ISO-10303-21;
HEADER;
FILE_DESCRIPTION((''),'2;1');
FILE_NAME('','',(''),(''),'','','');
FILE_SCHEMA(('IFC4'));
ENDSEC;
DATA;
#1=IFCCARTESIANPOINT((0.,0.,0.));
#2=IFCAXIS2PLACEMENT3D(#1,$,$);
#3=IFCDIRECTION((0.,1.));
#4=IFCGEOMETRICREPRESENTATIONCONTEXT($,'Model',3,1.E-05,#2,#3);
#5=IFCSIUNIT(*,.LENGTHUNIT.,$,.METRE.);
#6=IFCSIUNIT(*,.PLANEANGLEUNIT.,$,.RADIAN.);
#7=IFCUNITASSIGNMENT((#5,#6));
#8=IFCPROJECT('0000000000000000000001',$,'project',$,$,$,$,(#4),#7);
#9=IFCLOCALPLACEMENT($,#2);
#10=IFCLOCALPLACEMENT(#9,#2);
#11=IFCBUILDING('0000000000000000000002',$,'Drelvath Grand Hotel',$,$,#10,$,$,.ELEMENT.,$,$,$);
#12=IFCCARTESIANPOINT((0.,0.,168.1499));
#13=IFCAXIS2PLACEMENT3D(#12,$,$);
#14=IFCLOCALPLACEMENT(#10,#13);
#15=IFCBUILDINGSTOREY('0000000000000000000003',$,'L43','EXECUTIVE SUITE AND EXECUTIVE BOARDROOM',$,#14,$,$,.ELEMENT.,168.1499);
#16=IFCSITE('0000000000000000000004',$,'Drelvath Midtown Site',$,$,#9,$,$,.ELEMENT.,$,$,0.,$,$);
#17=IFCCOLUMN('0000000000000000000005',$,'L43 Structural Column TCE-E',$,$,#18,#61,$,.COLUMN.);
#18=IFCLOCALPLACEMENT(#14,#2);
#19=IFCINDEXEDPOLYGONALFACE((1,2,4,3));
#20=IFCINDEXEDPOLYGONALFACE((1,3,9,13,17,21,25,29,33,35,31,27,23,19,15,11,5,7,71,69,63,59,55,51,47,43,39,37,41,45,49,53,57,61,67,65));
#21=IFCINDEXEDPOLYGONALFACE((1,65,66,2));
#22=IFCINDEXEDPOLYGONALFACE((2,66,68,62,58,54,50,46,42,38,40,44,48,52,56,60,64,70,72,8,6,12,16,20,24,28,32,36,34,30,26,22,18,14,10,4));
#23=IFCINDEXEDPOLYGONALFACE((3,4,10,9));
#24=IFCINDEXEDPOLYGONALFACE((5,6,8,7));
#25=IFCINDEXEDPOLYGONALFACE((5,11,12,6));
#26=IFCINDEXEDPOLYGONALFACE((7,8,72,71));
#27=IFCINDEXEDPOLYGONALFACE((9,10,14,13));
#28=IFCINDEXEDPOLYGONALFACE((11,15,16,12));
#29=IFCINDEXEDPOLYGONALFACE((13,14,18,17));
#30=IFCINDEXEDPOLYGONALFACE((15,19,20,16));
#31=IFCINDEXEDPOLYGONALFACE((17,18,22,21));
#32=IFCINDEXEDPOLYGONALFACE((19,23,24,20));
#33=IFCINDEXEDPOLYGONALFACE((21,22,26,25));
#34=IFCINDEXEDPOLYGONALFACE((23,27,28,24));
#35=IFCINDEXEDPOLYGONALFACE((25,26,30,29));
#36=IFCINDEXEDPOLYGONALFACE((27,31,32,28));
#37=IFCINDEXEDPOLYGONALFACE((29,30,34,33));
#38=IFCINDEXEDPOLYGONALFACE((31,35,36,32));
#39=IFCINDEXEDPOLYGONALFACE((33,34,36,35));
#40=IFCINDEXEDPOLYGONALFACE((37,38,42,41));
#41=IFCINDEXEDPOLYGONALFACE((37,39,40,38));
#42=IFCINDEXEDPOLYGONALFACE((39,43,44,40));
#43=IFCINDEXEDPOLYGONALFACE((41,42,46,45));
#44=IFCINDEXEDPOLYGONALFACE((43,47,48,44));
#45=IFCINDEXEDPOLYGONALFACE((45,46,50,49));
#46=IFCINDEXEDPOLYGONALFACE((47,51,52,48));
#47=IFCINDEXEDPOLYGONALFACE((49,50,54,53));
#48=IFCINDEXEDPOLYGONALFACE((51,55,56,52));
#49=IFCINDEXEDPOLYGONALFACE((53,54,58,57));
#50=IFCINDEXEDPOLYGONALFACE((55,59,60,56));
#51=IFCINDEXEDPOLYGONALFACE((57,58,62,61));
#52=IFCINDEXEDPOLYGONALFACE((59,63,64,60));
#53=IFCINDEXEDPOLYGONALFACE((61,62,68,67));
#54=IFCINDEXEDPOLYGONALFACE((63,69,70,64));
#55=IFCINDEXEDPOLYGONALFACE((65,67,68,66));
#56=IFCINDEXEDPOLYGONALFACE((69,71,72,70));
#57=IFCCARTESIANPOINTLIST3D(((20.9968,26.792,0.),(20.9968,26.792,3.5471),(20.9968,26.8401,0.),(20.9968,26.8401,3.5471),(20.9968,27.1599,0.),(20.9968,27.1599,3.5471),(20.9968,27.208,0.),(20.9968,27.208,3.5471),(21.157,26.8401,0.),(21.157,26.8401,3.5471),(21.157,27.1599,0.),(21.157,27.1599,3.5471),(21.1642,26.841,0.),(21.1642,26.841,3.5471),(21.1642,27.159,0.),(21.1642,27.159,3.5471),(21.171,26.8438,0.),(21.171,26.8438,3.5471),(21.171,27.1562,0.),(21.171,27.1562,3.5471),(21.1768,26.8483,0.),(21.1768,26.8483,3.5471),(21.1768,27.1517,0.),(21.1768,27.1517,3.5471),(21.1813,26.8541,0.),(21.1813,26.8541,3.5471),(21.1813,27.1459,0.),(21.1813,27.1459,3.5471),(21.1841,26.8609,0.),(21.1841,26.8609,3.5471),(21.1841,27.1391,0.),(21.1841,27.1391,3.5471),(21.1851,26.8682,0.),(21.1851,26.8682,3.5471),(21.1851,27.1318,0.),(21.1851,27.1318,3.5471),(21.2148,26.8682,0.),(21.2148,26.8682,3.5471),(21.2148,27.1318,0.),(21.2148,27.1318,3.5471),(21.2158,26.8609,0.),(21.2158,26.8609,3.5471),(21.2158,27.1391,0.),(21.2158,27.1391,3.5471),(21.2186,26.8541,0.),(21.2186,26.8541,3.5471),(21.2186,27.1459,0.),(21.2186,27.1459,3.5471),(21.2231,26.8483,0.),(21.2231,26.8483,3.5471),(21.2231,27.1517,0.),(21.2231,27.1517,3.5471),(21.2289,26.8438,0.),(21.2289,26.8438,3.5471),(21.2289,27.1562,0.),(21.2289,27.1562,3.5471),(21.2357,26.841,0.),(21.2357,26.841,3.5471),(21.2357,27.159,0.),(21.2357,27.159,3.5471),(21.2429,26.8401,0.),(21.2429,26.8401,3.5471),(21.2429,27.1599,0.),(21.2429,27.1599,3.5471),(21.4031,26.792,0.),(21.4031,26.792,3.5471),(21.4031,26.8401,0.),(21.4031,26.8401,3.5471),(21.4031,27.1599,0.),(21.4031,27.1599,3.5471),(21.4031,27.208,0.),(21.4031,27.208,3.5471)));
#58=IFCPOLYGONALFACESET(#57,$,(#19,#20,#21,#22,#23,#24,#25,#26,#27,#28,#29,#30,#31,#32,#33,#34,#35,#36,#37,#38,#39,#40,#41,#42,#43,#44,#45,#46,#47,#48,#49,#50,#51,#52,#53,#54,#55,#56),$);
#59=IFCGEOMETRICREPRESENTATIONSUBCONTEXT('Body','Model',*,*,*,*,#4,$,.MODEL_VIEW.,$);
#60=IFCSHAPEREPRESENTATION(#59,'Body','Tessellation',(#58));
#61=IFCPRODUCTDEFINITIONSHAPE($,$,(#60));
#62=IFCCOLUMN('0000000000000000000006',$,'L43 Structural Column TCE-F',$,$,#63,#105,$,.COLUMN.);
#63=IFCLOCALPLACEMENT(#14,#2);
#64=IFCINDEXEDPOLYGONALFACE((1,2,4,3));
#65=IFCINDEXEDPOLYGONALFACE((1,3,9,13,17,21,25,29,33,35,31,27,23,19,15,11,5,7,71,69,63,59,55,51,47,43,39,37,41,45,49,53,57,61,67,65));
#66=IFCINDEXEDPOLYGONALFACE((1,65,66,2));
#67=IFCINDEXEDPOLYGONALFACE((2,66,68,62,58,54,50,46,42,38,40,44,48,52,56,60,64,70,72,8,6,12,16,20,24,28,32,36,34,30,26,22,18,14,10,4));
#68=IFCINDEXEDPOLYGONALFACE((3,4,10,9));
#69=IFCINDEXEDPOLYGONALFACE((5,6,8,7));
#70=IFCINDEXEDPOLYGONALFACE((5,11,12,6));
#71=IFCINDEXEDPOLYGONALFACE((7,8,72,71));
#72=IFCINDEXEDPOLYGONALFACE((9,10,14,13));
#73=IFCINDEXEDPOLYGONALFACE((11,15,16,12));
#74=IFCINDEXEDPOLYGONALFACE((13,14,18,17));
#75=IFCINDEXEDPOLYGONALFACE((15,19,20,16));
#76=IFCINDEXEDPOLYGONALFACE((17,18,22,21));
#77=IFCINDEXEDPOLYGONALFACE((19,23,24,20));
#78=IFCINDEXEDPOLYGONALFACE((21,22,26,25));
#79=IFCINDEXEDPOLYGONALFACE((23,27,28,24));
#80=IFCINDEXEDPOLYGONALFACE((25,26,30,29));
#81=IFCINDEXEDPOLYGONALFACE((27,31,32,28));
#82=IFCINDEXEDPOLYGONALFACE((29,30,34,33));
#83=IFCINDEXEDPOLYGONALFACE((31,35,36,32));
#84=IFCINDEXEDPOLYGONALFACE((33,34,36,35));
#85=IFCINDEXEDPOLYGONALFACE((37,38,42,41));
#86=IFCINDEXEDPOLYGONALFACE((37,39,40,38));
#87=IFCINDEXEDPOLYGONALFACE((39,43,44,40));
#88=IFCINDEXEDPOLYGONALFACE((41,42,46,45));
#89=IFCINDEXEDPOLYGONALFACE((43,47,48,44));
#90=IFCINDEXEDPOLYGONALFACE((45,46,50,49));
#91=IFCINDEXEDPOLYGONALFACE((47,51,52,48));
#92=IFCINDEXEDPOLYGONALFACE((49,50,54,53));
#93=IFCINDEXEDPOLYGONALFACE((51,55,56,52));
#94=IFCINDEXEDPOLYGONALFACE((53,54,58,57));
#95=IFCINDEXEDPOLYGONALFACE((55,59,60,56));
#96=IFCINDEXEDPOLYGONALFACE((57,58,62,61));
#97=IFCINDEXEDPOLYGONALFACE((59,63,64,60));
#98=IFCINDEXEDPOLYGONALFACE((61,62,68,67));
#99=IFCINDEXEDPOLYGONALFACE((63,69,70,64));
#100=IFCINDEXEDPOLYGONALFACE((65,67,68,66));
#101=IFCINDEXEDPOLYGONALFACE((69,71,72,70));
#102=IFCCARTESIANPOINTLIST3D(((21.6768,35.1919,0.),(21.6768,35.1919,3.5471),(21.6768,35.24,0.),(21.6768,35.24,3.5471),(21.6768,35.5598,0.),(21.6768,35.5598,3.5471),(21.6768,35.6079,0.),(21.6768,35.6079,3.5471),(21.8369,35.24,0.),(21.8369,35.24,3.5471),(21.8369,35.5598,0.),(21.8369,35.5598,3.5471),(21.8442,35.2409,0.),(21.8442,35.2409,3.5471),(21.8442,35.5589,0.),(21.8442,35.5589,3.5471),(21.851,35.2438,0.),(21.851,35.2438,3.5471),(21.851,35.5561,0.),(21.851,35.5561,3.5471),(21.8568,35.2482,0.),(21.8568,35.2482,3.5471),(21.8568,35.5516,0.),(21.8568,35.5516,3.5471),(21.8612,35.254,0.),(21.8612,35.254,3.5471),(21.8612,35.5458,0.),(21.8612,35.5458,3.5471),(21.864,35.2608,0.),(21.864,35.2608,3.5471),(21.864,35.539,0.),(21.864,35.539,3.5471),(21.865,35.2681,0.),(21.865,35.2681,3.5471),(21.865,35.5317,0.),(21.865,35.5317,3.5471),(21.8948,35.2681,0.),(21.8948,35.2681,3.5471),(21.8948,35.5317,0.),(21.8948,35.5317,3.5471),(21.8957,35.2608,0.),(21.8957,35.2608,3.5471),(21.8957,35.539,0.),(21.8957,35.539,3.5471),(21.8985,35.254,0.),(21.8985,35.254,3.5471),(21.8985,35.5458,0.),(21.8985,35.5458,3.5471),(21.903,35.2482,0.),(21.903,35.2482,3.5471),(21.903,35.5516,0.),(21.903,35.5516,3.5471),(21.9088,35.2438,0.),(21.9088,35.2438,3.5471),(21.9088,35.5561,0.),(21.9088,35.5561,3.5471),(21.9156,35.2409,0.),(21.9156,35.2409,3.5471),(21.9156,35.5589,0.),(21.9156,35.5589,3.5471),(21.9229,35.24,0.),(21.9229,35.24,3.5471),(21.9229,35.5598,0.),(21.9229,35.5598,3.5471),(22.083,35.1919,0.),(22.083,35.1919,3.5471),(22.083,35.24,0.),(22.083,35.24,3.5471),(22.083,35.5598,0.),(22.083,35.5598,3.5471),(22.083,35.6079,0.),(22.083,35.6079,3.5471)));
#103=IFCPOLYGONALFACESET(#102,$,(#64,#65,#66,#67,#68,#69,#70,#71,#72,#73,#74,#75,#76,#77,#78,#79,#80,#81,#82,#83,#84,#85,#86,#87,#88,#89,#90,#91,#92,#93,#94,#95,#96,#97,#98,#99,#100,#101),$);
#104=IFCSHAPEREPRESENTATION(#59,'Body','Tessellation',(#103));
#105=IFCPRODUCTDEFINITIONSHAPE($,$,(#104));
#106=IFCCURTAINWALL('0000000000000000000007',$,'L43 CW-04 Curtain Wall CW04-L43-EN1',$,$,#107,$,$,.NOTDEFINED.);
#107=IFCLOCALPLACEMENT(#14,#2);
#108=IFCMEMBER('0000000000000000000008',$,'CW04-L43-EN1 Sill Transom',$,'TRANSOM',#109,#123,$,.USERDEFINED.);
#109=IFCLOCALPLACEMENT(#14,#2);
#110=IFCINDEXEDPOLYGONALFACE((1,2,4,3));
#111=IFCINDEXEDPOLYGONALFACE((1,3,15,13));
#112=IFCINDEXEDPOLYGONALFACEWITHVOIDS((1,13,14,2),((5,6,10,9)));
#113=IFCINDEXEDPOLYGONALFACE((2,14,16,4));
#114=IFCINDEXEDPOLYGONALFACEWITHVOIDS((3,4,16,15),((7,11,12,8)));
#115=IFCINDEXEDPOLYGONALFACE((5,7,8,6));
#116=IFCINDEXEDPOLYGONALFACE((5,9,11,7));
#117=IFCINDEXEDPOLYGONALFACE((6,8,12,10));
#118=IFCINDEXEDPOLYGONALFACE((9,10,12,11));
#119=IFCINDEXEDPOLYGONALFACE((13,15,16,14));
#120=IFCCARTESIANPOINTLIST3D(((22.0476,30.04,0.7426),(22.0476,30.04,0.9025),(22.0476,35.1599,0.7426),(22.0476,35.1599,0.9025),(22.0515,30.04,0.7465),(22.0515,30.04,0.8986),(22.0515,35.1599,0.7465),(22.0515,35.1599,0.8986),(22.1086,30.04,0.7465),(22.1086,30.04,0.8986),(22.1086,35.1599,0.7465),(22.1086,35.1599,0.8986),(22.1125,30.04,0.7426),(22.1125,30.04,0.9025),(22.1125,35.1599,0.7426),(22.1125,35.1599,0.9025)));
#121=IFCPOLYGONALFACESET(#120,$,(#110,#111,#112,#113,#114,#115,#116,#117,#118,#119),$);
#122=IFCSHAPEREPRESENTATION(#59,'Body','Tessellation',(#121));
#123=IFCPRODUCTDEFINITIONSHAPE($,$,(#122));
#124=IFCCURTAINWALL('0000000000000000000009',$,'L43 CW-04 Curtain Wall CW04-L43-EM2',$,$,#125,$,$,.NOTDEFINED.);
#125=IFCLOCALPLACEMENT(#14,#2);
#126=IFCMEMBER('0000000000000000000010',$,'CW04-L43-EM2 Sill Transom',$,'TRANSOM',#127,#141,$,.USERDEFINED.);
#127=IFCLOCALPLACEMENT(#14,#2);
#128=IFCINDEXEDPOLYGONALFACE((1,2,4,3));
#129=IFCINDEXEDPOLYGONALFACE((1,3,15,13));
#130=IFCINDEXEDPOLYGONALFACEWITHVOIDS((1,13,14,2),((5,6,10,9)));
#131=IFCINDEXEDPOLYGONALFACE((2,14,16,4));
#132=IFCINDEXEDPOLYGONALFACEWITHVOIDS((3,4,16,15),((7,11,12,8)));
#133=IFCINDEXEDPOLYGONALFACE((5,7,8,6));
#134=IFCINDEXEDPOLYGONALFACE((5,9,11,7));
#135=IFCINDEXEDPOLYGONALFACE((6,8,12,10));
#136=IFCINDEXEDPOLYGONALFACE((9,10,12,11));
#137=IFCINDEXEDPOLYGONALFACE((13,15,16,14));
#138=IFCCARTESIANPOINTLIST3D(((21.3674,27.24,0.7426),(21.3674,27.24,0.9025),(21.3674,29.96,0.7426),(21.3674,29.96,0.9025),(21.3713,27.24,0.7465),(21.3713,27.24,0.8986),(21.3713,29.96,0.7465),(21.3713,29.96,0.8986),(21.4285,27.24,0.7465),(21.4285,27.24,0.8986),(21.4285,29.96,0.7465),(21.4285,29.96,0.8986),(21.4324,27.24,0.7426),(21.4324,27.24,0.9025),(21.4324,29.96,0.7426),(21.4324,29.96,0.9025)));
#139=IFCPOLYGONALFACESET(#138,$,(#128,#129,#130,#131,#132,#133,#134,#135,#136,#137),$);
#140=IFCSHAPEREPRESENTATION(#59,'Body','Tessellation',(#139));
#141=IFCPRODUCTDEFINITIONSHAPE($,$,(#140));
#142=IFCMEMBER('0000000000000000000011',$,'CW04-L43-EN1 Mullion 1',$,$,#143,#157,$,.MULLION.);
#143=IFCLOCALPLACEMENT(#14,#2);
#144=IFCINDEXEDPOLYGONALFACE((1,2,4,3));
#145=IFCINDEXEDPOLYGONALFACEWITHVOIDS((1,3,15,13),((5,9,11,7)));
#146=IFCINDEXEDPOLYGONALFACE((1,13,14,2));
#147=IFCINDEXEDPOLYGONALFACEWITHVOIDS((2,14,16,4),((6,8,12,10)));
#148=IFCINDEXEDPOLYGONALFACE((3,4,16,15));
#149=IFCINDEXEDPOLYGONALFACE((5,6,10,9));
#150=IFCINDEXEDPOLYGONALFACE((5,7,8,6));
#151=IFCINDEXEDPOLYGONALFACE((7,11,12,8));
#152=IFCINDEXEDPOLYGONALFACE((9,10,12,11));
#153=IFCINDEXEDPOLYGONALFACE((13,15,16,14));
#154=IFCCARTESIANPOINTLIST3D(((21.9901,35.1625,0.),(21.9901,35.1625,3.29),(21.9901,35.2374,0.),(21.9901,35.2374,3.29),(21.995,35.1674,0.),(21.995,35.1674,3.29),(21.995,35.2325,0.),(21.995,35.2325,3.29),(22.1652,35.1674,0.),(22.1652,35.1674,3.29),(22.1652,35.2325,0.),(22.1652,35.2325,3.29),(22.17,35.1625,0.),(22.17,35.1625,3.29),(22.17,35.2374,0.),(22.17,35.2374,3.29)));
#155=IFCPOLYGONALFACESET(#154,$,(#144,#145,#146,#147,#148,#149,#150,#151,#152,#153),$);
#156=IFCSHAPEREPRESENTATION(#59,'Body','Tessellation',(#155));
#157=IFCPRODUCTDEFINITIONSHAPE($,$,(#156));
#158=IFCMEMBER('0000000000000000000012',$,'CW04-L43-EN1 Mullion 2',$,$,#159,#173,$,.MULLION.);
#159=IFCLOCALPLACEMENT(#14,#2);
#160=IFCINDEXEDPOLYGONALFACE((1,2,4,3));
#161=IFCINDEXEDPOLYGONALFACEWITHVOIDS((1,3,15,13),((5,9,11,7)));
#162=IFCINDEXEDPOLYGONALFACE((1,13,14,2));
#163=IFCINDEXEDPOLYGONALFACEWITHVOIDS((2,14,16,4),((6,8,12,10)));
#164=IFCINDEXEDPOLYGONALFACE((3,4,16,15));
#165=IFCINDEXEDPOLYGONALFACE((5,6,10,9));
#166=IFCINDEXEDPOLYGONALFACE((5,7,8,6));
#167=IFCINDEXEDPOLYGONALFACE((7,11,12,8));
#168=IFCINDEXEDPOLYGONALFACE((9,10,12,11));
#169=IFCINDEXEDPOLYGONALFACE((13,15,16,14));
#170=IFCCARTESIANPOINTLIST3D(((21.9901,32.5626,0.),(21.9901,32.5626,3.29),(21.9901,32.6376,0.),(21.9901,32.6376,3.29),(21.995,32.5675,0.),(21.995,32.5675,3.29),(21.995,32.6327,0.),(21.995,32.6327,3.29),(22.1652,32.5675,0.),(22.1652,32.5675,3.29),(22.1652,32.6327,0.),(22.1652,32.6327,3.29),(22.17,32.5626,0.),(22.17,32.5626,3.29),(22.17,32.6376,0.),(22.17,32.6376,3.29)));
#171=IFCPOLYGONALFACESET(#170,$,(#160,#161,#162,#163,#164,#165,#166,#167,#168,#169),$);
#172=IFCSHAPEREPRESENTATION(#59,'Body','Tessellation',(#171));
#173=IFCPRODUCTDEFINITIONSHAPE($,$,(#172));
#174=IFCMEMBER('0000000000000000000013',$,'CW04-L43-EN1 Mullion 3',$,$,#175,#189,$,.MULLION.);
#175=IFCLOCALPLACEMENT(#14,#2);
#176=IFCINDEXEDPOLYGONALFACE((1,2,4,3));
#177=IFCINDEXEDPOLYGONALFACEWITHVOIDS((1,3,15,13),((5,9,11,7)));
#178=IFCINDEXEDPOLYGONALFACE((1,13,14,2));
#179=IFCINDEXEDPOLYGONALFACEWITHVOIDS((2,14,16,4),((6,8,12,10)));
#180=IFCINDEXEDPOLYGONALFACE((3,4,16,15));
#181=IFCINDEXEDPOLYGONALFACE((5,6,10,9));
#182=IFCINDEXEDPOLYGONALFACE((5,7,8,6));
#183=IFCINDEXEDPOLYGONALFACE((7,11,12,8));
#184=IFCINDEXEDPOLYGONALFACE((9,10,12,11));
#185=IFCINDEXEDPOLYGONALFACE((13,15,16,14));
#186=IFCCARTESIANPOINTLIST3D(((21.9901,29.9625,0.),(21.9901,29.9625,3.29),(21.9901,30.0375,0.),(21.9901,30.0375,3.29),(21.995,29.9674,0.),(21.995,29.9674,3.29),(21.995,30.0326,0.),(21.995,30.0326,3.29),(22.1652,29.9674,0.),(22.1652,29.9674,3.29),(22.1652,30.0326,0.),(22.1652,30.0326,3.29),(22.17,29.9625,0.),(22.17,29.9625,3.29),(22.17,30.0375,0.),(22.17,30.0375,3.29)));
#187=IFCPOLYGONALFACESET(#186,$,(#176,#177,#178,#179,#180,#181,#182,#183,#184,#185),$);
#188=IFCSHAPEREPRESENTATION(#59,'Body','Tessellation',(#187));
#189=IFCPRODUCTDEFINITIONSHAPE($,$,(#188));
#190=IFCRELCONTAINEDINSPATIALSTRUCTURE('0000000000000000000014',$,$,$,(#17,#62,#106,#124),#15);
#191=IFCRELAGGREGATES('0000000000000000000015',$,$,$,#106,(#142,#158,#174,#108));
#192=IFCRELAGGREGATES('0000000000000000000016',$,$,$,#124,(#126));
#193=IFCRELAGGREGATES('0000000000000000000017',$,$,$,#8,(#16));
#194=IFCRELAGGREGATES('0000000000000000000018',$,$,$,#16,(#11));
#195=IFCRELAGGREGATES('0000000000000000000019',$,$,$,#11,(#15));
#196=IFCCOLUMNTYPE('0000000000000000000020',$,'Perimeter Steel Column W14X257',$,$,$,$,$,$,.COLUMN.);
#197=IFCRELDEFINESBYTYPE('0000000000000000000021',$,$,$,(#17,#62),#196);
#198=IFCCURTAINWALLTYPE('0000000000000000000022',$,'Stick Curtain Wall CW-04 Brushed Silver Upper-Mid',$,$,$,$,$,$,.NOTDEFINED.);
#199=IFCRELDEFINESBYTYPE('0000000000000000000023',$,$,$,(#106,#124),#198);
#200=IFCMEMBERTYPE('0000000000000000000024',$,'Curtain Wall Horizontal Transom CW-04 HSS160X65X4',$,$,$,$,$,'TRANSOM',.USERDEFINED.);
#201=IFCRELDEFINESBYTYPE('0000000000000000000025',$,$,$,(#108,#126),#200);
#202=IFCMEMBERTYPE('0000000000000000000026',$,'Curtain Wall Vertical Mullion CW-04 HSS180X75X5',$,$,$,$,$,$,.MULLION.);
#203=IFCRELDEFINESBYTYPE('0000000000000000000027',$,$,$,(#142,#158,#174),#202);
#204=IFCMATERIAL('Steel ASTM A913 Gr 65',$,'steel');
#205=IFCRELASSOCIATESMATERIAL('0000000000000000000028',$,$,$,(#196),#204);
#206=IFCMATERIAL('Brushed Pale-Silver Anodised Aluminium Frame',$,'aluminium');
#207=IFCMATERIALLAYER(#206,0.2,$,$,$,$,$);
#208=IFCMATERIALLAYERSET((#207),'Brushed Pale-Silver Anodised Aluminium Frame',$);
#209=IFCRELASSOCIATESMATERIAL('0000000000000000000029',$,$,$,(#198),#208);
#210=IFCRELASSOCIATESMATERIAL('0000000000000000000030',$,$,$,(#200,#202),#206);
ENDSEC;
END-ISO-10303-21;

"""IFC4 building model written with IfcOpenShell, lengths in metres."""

from ifc_helpers import new_model, si_unit, direction, frame, origin, origin_2d, place, context, subcontext, project, spatial, hollow_rectangle, i_section, extrude, material, layer, layer_set, material_profile, profile_set, type_object, element, aggregate, save


model = new_model("IFC4")

# Units and contexts
model_context = context("Model", 3, precision=1e-05, world=origin(), true_north=direction((0.0, 1.0)))
body_context = subcontext(model_context, "Body", "Model", "MODEL_VIEW")
ifc_project = project(units=[si_unit("LENGTHUNIT", "METRE"), si_unit("PLANEANGLEUNIT", "RADIAN")], contexts=[model_context])

# Site, building, storey
site_placement = place(None, origin())
site = spatial("IfcSite", under=ifc_project, at=site_placement, Name="Drelvath Midtown Site", CompositionType="ELEMENT", RefElevation=0.0)
building_placement = place(site_placement, origin())
building = spatial("IfcBuilding", under=site, at=building_placement, Name="Drelvath Grand Hotel", CompositionType="ELEMENT")
storey_placement = place(building_placement, frame((0.0, 0.0, 168.1499)))
storey = spatial("IfcBuildingStorey", under=building, at=storey_placement, Name="L43", Description="EXECUTIVE SUITE AND EXECUTIVE BOARDROOM", CompositionType="ELEMENT", Elevation=168.1499)

# Columns
ifc_material_1 = material(Name="Steel ASTM A913 Gr 65", Category="steel")
ifc_material_profile_1 = material_profile(ifc_material_1, i_section(OverallWidth=0.4062, OverallDepth=0.416, WebThickness=0.0298, FlangeThickness=0.0481, FilletRadius=0.0281, at=origin_2d()), Name="W14X257")
ifc_profile_set_1 = profile_set([ifc_material_profile_1], Name="Steel ASTM A913 Gr 65")
column_type = type_object("IfcColumnType", Name="Perimeter Steel Column W14X257", PredefinedType="COLUMN", material=ifc_profile_set_1)
for number, where, z_axis, x_axis, name in (
    (1, (21.2, 27.0, 0.0), (0.0, 0.0, 1.0), (1.0, 0.0, 0.0), "L43 Structural Column TCE-E"),
    (2, (21.8799, 35.3999, 0.0), (0.0, 0.0, 1.0), (1.0, 0.0, 0.0), "L43 Structural Column TCE-F"),
):
    element("IfcColumn", number, at=place(storey_placement, frame(where, z_axis=z_axis, x_axis=x_axis)), inside=storey, type_object=column_type, Name=name, PredefinedType="COLUMN", context=body_context, shape_type="SweptSolid", body=[
        extrude(i_section(OverallWidth=0.4062, OverallDepth=0.416, WebThickness=0.0298, FlangeThickness=0.0481, FilletRadius=0.0281, at=origin_2d()), origin(), (0.0, 0.0, 1.0), 3.5471),
    ])

# Curtain walls, members
ifc_material_2 = material(Name="Brushed Pale-Silver Anodised Aluminium Frame", Category="aluminium")
ifc_layer_1 = layer(ifc_material_2, 0.2)
ifc_layer_set_1 = layer_set([ifc_layer_1], Name="Brushed Pale-Silver Anodised Aluminium Frame")
curtain_wall_type = type_object("IfcCurtainWallType", Name="Stick Curtain Wall CW-04 Brushed Silver Upper-Mid", PredefinedType="NOTDEFINED", material=ifc_layer_set_1)
curtain_wall_1_placement = place(storey_placement, origin())
curtain_wall_1 = element("IfcCurtainWall", 3, at=curtain_wall_1_placement, inside=storey, type_object=curtain_wall_type, Name="L43 CW-04 Curtain Wall CW04-L43-EN1", PredefinedType="NOTDEFINED")
ifc_material_profile_2 = material_profile(ifc_material_2, hollow_rectangle(XDim=0.0649, YDim=0.1599, WallThickness=0.0039, at=origin_2d()), Name="HSS160X65X4")
ifc_profile_set_2 = profile_set([ifc_material_profile_2], Name="Brushed Pale-Silver Anodised Aluminium Frame")
member_type_1 = type_object("IfcMemberType", Name="Curtain Wall Horizontal Transom CW-04 HSS160X65X4", ElementType="TRANSOM", PredefinedType="USERDEFINED", material=ifc_profile_set_2)
member_1_placement = place(storey_placement, frame((22.0801, 35.1599, 0.8225), z_axis=(0.0, -1.0, 0.0), x_axis=(1.0, 0.0, 0.0)))
member_1 = element("IfcMember", 4, at=member_1_placement, type_object=member_type_1, Name="CW04-L43-EN1 Sill Transom", ObjectType="TRANSOM", PredefinedType="USERDEFINED", context=body_context, shape_type="SweptSolid", body=[
    extrude(hollow_rectangle(XDim=0.0649, YDim=0.1599, WallThickness=0.0039, at=origin_2d()), origin(), (0.0, 0.0, 1.0), 5.1199),
])
curtain_wall_2_placement = place(storey_placement, origin())
curtain_wall_2 = element("IfcCurtainWall", 5, at=curtain_wall_2_placement, inside=storey, type_object=curtain_wall_type, Name="L43 CW-04 Curtain Wall CW04-L43-EM2", PredefinedType="NOTDEFINED")
member_2_placement = place(storey_placement, frame((21.3999, 29.96, 0.8225), z_axis=(0.0, -1.0, 0.0), x_axis=(1.0, 0.0, 0.0)))
member_2 = element("IfcMember", 6, at=member_2_placement, type_object=member_type_1, Name="CW04-L43-EM2 Sill Transom", ObjectType="TRANSOM", PredefinedType="USERDEFINED", context=body_context, shape_type="SweptSolid", body=[
    extrude(hollow_rectangle(XDim=0.0649, YDim=0.1599, WallThickness=0.0039, at=origin_2d()), origin(), (0.0, 0.0, 1.0), 2.72),
])

# Members
ifc_material_profile_3 = material_profile(ifc_material_2, hollow_rectangle(XDim=0.075, YDim=0.1799, WallThickness=0.0049, at=origin_2d()), Name="HSS180X75X5")
ifc_profile_set_3 = profile_set([ifc_material_profile_3], Name="Brushed Pale-Silver Anodised Aluminium Frame")
member_type_2 = type_object("IfcMemberType", Name="Curtain Wall Vertical Mullion CW-04 HSS180X75X5", PredefinedType="MULLION", material=ifc_profile_set_3)
member_3_placement = place(storey_placement, frame((22.0801, 35.2, 0.0), z_axis=(0.0, 0.0, 1.0), x_axis=(0.0, 1.0, 0.0)))
member_3 = element("IfcMember", 7, at=member_3_placement, type_object=member_type_2, Name="CW04-L43-EN1 Mullion 1", PredefinedType="MULLION", context=body_context, shape_type="SweptSolid", body=[
    extrude(hollow_rectangle(XDim=0.075, YDim=0.1799, WallThickness=0.0049, at=origin_2d()), origin(), (0.0, 0.0, 1.0), 3.29),
])
member_4_placement = place(storey_placement, frame((22.0801, 32.6001, 0.0), z_axis=(0.0, 0.0, 1.0), x_axis=(0.0, 1.0, 0.0)))
member_4 = element("IfcMember", 8, at=member_4_placement, type_object=member_type_2, Name="CW04-L43-EN1 Mullion 2", PredefinedType="MULLION", context=body_context, shape_type="SweptSolid", body=[
    extrude(hollow_rectangle(XDim=0.075, YDim=0.1799, WallThickness=0.0049, at=origin_2d()), origin(), (0.0, 0.0, 1.0), 3.29),
])
member_5_placement = place(storey_placement, frame((22.0801, 30.0, 0.0), z_axis=(0.0, 0.0, 1.0), x_axis=(0.0, 1.0, 0.0)))
member_5 = element("IfcMember", 9, at=member_5_placement, type_object=member_type_2, Name="CW04-L43-EN1 Mullion 3", PredefinedType="MULLION", context=body_context, shape_type="SweptSolid", body=[
    extrude(hollow_rectangle(XDim=0.075, YDim=0.1799, WallThickness=0.0049, at=origin_2d()), origin(), (0.0, 0.0, 1.0), 3.29),
])

aggregate(curtain_wall_1, [member_3, member_4, member_5, member_1])
aggregate(curtain_wall_2, [member_2])

save(model, "model.ifc")
